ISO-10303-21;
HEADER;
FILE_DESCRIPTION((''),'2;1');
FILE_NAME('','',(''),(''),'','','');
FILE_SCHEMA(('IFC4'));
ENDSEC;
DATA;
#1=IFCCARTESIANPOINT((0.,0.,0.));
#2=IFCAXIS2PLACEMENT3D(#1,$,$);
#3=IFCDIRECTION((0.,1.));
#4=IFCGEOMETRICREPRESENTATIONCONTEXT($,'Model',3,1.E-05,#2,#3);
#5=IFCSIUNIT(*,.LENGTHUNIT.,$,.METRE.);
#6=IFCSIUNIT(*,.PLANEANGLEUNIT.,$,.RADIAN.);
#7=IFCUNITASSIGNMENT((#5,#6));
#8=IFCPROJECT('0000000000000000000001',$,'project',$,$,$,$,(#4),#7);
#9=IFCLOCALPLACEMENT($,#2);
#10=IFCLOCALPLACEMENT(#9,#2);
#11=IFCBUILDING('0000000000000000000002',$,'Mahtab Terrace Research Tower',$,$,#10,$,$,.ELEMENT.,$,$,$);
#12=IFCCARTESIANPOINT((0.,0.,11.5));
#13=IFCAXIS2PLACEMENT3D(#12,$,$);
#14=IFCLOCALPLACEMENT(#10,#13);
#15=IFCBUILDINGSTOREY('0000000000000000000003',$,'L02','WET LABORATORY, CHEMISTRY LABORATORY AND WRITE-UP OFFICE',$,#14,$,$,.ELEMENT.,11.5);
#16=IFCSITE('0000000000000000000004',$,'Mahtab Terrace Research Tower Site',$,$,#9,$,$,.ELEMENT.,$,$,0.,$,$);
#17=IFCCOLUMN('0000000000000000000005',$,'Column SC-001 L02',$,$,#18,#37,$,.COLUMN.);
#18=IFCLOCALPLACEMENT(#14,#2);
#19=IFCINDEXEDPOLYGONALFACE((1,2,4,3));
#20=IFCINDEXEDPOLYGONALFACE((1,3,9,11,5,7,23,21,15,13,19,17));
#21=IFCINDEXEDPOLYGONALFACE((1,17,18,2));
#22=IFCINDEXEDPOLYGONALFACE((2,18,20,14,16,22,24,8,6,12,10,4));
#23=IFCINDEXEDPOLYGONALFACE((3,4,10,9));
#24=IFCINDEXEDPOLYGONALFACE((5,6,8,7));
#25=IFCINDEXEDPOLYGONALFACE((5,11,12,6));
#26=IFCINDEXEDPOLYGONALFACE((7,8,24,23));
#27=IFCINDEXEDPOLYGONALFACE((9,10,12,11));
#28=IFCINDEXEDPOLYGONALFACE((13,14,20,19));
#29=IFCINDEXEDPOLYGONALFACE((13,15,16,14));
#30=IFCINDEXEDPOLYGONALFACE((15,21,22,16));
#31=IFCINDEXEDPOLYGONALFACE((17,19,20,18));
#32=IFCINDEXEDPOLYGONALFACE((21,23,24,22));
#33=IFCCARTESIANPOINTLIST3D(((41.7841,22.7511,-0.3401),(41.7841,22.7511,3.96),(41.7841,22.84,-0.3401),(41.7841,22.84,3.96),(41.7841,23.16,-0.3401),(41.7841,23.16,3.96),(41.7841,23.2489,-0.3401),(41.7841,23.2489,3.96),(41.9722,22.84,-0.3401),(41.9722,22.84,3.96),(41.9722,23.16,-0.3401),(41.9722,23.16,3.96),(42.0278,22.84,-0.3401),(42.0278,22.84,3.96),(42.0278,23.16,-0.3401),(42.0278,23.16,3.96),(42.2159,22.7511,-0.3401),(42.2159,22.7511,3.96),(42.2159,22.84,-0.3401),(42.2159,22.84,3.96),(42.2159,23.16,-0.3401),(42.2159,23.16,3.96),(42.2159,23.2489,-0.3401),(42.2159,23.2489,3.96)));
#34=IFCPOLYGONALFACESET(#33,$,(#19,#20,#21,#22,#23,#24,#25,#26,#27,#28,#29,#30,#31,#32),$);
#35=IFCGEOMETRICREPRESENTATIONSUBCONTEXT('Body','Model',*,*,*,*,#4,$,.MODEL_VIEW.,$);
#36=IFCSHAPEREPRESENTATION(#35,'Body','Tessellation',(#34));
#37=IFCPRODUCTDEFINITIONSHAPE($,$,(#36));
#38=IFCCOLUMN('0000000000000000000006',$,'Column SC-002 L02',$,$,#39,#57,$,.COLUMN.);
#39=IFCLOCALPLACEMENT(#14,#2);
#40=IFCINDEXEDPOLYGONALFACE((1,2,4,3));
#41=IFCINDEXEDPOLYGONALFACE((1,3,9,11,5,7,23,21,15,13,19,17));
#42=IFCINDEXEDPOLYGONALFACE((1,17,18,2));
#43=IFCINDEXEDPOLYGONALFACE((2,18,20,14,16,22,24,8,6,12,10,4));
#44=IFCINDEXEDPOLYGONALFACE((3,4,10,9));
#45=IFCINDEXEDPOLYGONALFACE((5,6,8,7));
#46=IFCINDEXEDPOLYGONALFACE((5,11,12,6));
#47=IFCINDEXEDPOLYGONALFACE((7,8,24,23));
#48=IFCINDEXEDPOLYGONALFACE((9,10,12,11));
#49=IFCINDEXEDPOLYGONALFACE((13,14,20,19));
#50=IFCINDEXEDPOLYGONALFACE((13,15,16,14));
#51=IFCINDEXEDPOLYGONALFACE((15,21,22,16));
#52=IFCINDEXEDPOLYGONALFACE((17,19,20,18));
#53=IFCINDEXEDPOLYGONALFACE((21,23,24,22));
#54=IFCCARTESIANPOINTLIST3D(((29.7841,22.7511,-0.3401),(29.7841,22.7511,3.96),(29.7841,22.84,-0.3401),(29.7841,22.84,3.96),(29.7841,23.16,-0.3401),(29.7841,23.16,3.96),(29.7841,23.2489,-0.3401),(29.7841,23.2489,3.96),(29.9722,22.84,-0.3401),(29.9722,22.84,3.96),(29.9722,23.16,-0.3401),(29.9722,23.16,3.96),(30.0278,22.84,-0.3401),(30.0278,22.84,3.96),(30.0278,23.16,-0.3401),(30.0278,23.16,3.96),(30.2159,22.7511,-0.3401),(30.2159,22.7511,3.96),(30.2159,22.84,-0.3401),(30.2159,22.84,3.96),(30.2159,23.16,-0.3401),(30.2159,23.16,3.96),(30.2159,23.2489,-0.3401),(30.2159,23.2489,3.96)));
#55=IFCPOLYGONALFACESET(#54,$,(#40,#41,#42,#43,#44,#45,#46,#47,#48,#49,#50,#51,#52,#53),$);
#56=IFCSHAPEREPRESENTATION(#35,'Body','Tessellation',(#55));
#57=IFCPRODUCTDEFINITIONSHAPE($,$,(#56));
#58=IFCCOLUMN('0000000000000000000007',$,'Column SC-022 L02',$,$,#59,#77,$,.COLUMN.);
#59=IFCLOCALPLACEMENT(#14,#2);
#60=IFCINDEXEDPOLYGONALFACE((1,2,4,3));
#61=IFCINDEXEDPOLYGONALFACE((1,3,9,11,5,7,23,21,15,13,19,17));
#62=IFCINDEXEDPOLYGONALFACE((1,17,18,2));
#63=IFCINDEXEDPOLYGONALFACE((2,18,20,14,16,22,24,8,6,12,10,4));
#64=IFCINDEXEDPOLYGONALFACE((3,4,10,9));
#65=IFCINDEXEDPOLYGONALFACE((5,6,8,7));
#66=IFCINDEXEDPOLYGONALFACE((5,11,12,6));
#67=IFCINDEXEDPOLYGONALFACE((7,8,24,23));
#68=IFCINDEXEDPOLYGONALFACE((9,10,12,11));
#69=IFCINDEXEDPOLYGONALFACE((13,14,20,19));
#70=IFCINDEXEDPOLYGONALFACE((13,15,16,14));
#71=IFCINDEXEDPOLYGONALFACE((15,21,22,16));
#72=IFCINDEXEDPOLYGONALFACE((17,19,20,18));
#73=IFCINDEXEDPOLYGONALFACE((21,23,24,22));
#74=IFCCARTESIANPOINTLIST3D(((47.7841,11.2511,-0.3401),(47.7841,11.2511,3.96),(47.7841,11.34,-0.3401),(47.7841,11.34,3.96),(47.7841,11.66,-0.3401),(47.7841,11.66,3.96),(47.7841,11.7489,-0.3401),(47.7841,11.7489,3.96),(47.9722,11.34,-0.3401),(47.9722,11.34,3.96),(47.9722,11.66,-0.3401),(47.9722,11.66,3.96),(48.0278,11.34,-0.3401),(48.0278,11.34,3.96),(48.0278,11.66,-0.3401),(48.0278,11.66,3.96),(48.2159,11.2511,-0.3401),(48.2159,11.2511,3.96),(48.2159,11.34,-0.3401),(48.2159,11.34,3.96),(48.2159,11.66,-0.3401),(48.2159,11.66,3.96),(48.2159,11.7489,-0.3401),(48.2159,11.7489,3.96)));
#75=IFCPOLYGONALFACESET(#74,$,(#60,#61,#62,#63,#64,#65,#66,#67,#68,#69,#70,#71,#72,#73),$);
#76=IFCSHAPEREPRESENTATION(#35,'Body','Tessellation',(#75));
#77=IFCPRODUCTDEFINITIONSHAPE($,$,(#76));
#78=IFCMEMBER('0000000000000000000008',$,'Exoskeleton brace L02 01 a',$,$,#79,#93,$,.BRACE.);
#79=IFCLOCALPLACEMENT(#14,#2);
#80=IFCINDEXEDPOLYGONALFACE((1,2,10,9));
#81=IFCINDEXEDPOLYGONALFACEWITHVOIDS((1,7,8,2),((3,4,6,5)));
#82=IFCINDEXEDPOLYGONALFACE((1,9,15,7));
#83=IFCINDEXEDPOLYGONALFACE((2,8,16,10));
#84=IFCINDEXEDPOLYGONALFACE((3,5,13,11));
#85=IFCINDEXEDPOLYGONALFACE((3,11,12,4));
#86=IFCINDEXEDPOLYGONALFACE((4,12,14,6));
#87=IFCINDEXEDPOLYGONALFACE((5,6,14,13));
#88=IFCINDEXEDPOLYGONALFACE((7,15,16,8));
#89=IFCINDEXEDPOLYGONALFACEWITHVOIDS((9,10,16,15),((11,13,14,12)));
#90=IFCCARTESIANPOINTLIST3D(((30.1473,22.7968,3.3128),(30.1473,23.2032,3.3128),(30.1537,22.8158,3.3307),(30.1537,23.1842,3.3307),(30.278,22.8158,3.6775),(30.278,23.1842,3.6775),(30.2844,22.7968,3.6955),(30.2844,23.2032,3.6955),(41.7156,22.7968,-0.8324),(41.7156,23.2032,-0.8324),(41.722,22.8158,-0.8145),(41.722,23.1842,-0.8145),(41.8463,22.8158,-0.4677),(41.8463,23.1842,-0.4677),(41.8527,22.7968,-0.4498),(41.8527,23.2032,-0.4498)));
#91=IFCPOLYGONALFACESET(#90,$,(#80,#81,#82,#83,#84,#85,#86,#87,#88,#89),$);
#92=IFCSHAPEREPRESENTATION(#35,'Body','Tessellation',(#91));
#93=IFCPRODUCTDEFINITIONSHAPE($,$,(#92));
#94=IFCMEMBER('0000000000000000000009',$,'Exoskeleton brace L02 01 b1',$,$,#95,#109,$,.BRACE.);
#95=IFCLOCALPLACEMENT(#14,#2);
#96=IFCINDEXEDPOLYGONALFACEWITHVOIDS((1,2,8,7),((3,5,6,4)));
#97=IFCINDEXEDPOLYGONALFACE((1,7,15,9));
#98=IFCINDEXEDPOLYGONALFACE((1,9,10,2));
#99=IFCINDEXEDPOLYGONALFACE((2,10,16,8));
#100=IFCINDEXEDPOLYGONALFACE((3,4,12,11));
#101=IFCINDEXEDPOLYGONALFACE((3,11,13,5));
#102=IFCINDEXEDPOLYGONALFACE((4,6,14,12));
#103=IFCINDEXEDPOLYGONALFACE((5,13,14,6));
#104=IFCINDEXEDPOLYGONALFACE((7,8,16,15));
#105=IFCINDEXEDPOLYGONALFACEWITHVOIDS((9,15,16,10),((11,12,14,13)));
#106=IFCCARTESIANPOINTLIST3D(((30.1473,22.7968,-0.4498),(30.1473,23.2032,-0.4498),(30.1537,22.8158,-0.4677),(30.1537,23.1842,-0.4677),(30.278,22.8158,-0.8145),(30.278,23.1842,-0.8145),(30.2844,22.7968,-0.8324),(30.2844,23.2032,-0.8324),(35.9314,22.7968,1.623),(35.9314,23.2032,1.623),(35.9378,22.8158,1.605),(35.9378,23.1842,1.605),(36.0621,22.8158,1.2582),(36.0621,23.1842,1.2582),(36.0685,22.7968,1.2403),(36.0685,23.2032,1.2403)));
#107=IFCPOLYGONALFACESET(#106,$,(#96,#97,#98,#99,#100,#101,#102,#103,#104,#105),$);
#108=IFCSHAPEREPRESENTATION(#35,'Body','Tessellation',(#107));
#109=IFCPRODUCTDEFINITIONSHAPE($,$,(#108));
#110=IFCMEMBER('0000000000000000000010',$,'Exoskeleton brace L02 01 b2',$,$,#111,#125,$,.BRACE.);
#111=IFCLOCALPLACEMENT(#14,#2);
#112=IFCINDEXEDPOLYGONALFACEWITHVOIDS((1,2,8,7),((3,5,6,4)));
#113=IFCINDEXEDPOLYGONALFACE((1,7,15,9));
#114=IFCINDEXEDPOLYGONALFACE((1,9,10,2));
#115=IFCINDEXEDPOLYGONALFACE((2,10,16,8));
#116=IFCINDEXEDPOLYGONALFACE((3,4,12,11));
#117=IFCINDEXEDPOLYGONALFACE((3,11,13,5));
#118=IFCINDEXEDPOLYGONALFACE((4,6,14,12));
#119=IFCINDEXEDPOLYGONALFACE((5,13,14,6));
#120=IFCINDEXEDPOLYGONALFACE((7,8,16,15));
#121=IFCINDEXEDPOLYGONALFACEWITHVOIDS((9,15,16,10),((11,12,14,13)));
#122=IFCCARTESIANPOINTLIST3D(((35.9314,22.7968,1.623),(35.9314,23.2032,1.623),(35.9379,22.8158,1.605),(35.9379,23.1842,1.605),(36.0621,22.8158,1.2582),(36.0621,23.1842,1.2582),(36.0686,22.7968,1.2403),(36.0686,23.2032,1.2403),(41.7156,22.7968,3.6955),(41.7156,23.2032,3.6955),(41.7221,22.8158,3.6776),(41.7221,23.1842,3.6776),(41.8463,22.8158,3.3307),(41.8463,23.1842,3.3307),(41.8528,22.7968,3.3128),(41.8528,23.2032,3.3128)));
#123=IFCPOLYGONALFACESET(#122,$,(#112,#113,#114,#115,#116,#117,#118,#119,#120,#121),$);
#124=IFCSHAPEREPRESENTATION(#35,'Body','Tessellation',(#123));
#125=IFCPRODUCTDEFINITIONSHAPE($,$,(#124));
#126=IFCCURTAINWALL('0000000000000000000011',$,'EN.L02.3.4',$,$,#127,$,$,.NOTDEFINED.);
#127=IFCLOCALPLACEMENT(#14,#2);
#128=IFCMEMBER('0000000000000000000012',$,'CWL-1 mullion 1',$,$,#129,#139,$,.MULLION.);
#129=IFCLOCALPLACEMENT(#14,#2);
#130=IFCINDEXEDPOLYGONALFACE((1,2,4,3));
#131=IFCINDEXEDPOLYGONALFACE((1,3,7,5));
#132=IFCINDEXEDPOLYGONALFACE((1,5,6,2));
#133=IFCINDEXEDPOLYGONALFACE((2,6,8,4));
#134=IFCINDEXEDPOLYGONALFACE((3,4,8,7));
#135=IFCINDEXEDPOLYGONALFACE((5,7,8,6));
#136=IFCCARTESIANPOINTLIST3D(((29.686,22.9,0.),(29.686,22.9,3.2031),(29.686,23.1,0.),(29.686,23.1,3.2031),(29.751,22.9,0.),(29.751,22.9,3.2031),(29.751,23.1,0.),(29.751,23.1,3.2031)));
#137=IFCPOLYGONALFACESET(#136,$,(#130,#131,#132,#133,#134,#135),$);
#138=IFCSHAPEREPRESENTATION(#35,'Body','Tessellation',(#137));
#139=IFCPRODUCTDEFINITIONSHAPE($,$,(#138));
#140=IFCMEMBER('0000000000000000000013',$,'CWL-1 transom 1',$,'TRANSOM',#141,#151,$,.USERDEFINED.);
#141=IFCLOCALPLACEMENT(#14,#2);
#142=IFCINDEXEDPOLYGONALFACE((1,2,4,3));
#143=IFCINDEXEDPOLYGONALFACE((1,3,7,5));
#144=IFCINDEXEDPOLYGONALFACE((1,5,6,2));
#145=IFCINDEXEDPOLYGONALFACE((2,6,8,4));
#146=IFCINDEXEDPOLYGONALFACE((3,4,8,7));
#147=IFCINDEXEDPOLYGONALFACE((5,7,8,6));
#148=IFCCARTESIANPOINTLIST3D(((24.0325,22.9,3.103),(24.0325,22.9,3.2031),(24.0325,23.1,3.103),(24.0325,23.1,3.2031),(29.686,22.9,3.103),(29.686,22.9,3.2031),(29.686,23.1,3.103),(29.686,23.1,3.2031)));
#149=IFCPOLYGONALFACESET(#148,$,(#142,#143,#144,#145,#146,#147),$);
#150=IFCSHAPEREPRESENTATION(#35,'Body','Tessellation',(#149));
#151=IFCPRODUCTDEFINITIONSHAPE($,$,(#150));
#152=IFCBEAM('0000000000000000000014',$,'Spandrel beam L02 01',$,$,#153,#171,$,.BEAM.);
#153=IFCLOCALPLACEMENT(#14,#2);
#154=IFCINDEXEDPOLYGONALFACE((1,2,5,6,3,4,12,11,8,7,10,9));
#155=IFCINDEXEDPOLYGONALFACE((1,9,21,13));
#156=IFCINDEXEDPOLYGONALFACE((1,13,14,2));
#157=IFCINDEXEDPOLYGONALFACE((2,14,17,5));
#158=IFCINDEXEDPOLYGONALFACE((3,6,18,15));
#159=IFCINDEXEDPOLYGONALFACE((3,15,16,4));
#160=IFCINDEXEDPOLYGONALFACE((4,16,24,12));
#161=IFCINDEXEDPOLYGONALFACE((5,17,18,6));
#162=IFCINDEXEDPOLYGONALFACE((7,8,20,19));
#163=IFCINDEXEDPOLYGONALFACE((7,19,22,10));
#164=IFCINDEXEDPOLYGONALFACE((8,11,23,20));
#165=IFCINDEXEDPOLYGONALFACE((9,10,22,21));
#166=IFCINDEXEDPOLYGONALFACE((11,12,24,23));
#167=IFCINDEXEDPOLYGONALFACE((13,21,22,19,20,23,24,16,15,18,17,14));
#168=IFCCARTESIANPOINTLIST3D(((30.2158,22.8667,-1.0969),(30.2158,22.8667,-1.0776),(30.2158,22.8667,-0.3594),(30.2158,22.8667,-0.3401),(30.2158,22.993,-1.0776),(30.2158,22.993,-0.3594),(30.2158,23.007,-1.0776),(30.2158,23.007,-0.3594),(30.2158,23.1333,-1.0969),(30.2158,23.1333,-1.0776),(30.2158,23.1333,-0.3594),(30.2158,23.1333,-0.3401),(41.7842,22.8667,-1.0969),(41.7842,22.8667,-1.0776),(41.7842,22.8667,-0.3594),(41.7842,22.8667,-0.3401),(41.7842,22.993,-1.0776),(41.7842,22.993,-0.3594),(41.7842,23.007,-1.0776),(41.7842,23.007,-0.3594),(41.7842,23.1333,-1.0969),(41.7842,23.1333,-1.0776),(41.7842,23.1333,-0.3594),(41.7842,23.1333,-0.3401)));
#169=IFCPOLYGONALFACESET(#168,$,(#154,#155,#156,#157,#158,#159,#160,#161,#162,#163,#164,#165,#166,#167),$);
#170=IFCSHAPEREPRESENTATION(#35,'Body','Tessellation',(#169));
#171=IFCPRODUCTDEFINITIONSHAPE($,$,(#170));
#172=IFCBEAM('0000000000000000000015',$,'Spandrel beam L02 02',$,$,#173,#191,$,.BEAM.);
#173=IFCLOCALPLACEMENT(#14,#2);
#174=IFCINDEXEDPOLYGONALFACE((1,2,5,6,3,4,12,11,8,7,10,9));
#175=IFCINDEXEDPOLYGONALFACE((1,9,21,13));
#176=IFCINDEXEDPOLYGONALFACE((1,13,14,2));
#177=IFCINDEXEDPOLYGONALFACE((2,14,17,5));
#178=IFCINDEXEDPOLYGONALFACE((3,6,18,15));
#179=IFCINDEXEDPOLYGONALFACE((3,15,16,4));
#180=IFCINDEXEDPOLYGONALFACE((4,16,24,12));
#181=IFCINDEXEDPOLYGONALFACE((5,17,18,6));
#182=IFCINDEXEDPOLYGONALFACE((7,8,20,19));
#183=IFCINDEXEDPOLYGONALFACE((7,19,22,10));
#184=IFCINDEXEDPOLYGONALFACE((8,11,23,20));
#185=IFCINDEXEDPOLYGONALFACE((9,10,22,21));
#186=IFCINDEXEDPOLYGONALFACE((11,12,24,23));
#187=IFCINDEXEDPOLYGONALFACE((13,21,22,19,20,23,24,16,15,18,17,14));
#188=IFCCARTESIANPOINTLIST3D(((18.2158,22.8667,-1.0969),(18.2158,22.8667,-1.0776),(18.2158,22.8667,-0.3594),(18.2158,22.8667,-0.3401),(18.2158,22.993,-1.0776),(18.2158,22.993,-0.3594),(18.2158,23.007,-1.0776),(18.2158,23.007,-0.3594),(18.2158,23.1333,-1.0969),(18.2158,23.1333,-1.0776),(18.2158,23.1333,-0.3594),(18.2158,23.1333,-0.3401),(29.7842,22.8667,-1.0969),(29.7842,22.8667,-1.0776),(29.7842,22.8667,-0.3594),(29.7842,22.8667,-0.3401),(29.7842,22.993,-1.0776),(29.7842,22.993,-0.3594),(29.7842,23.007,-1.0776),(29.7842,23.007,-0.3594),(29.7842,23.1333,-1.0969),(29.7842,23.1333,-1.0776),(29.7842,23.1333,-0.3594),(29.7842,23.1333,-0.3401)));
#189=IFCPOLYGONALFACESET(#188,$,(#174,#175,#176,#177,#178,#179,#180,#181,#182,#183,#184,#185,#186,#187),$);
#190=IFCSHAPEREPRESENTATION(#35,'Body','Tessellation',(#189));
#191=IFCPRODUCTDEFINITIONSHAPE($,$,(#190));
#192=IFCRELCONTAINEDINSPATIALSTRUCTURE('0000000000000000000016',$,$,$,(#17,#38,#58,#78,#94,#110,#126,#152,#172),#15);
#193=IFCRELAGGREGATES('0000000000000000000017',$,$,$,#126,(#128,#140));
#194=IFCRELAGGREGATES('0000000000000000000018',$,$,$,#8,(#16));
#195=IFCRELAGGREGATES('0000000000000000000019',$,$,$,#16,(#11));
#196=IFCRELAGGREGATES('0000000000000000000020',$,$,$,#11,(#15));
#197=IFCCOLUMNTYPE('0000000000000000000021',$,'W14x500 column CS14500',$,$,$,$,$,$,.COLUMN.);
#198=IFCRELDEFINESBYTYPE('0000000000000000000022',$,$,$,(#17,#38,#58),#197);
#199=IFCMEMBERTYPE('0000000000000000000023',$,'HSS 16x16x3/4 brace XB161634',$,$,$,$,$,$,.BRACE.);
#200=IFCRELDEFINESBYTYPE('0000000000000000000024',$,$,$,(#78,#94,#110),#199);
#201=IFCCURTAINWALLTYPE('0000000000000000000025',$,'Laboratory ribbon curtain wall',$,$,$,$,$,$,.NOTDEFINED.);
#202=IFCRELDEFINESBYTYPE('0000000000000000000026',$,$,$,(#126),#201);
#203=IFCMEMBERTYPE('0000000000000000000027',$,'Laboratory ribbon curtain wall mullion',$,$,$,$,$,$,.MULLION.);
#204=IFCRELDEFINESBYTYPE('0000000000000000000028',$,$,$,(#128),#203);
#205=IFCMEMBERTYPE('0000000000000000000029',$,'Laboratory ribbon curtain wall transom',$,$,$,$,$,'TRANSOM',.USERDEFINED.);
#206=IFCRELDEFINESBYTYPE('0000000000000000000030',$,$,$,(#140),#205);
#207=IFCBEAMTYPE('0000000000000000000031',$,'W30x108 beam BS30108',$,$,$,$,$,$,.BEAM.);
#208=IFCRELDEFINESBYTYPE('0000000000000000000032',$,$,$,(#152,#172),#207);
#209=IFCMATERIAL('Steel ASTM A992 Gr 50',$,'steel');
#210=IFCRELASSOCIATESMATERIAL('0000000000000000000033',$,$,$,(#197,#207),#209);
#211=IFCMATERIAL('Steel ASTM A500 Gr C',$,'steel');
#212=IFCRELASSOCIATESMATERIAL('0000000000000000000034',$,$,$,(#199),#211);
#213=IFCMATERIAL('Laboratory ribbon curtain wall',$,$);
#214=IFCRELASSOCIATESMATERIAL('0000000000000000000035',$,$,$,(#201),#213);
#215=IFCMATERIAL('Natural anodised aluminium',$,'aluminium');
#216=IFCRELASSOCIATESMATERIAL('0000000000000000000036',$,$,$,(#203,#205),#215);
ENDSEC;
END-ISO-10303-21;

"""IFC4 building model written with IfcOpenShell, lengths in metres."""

from ifc_helpers import new_model, si_unit, direction, frame, origin, origin_2d, place, context, subcontext, project, spatial, rectangle, hollow_rectangle, i_section, extrude, material, material_profile, profile_set, type_object, element, aggregate, save


model = new_model("IFC4")

# Units and contexts
model_context = context("Model", 3, precision=1e-05, world=origin(), true_north=direction((0.0, 1.0)))
body_context = subcontext(model_context, "Body", "Model", "MODEL_VIEW")
ifc_project = project(units=[si_unit("LENGTHUNIT", "METRE"), si_unit("PLANEANGLEUNIT", "RADIAN")], contexts=[model_context])

# Site, building, storey
site_placement = place(None, origin())
site = spatial("IfcSite", under=ifc_project, at=site_placement, Name="Mahtab Terrace Research Tower Site", CompositionType="ELEMENT", RefElevation=0.0)
building_placement = place(site_placement, origin())
building = spatial("IfcBuilding", under=site, at=building_placement, Name="Mahtab Terrace Research Tower", CompositionType="ELEMENT")
storey_placement = place(building_placement, frame((0.0, 0.0, 11.5)))
storey = spatial("IfcBuildingStorey", under=building, at=storey_placement, Name="L02", Description="WET LABORATORY, CHEMISTRY LABORATORY AND WRITE-UP OFFICE", CompositionType="ELEMENT", Elevation=11.5)

# Columns
ifc_material_1 = material(Name="Steel ASTM A992 Gr 50", Category="steel")
ifc_material_profile_1 = material_profile(ifc_material_1, i_section(OverallWidth=0.4319, OverallDepth=0.4978, WebThickness=0.0557, FlangeThickness=0.0889, at=origin_2d()), Name="W14X500")
ifc_profile_set_1 = profile_set([ifc_material_profile_1], Name="Steel ASTM A992 Gr 50")
column_type = type_object("IfcColumnType", Name="W14x500 column CS14500", PredefinedType="COLUMN", material=ifc_profile_set_1)
for number, where, z_axis, x_axis, name in (
    (1, (42.0, 23.0, -0.3401), (0.0, 0.0, 1.0), (1.0, 0.0, 0.0), "Column SC-001 L02"),
    (2, (30.0, 23.0, -0.3401), (0.0, 0.0, 1.0), (1.0, 0.0, 0.0), "Column SC-002 L02"),
    (3, (48.0, 11.5, -0.3401), (0.0, 0.0, 1.0), (1.0, 0.0, 0.0), "Column SC-022 L02"),
):
    element("IfcColumn", number, at=place(storey_placement, frame(where, z_axis=z_axis, x_axis=x_axis)), inside=storey, type_object=column_type, Name=name, PredefinedType="COLUMN", context=body_context, shape_type="SweptSolid", body=[
        extrude(i_section(OverallWidth=0.4319, OverallDepth=0.4978, WebThickness=0.0557, FlangeThickness=0.0889, at=origin_2d()), origin(), (0.0, 0.0, 1.0), 4.3),
    ])

# Members
ifc_material_2 = material(Name="Steel ASTM A500 Gr C", Category="steel")
ifc_material_profile_2 = material_profile(ifc_material_2, hollow_rectangle(XDim=0.4065, YDim=0.4065, WallThickness=0.019, at=origin_2d()), Name="HSS16X16X3/4")
ifc_profile_set_2 = profile_set([ifc_material_profile_2], Name="Steel ASTM A500 Gr C")
member_type_1 = type_object("IfcMemberType", Name="HSS 16x16x3/4 brace XB161634", PredefinedType="BRACE", material=ifc_profile_set_2)
member_1_placement = place(storey_placement, frame((41.7842, 23.0, -0.6411), z_axis=(-0.941388, 0.0, 0.337325), x_axis=(0.0, -1.0, 0.0)))
element("IfcMember", 4, at=member_1_placement, inside=storey, type_object=member_type_1, Name="Exoskeleton brace L02 01 a", PredefinedType="BRACE", context=body_context, shape_type="SweptSolid", body=[
    extrude(hollow_rectangle(XDim=0.4065, YDim=0.4065, WallThickness=0.019, at=origin_2d()), origin(), (0.0, 0.0, 1.0), 12.2886),
])
for number, where, z_axis, x_axis, name in (
    (5, (30.2158, 23.0, -0.6411), (0.941382, 0.0, 0.337343), (0.0, 1.0, 0.0), "Exoskeleton brace L02 01 b1"),
    (6, (36.0, 23.0, 1.4316), (0.941394, 0.0, 0.337308), (0.0, 1.0, 0.0), "Exoskeleton brace L02 01 b2"),
):
    element("IfcMember", number, at=place(storey_placement, frame(where, z_axis=z_axis, x_axis=x_axis)), inside=storey, type_object=member_type_1, Name=name, PredefinedType="BRACE", context=body_context, shape_type="SweptSolid", body=[
        extrude(hollow_rectangle(XDim=0.4065, YDim=0.4065, WallThickness=0.019, at=origin_2d()), origin(), (0.0, 0.0, 1.0), 6.1443),
    ])

# Curtain wall, members
ifc_material_3 = material(Name="Laboratory ribbon curtain wall")
curtain_wall_type = type_object("IfcCurtainWallType", Name="Laboratory ribbon curtain wall", PredefinedType="NOTDEFINED", material=ifc_material_3)
curtain_wall_placement = place(storey_placement, origin())
curtain_wall = element("IfcCurtainWall", 7, at=curtain_wall_placement, inside=storey, type_object=curtain_wall_type, Name="EN.L02.3.4", PredefinedType="NOTDEFINED")
ifc_material_4 = material(Name="Natural anodised aluminium", Category="aluminium")
ifc_material_profile_3 = material_profile(ifc_material_4, rectangle(XDim=0.2, YDim=0.0649, at=origin_2d()), Name="MULLION 65x200")
ifc_profile_set_3 = profile_set([ifc_material_profile_3], Name="Natural anodised aluminium")
member_type_2 = type_object("IfcMemberType", Name="Laboratory ribbon curtain wall mullion", PredefinedType="MULLION", material=ifc_profile_set_3)
member_2_placement = place(storey_placement, frame((29.7185, 23.0, 0.0), z_axis=(0.0, 0.0, 1.0), x_axis=(0.0, -1.0, 0.0)))
member_2 = element("IfcMember", 8, at=member_2_placement, type_object=member_type_2, Name="CWL-1 mullion 1", PredefinedType="MULLION", context=body_context, shape_type="SweptSolid", body=[
    extrude(rectangle(XDim=0.2, YDim=0.0649, at=origin_2d()), origin(), (0.0, 0.0, 1.0), 3.2031),
])
ifc_material_profile_4 = material_profile(ifc_material_4, rectangle(XDim=0.2, YDim=0.1001, at=origin_2d()), Name="TRANSOM 100x200")
ifc_profile_set_4 = profile_set([ifc_material_profile_4], Name="Natural anodised aluminium")
member_type_3 = type_object("IfcMemberType", Name="Laboratory ribbon curtain wall transom", ElementType="TRANSOM", PredefinedType="USERDEFINED", material=ifc_profile_set_4)
member_3_placement = place(storey_placement, frame((29.686, 23.0, 3.1531), z_axis=(-1.0, 0.0, 0.0), x_axis=(0.0, -1.0, 0.0)))
member_3 = element("IfcMember", 9, at=member_3_placement, type_object=member_type_3, Name="CWL-1 transom 1", ObjectType="TRANSOM", PredefinedType="USERDEFINED", context=body_context, shape_type="SweptSolid", body=[
    extrude(rectangle(XDim=0.2, YDim=0.1001, at=origin_2d()), origin(), (0.0, 0.0, 1.0), 5.6536),
])

# Beams
ifc_material_profile_5 = material_profile(ifc_material_1, i_section(OverallWidth=0.2666, OverallDepth=0.7568, WebThickness=0.0139, FlangeThickness=0.0193, at=origin_2d()), Name="W30X108")
ifc_profile_set_5 = profile_set([ifc_material_profile_5], Name="Steel ASTM A992 Gr 50")
beam_type = type_object("IfcBeamType", Name="W30x108 beam BS30108", PredefinedType="BEAM", material=ifc_profile_set_5)
for number, where, z_axis, x_axis, name in (
    (10, (41.7842, 23.0, -0.7185), (-1.0, 0.0, 0.0), (0.0, -1.0, 0.0), "Spandrel beam L02 01"),
    (11, (29.7842, 23.0, -0.7185), (-1.0, 0.0, 0.0), (0.0, -1.0, 0.0), "Spandrel beam L02 02"),
):
    element("IfcBeam", number, at=place(storey_placement, frame(where, z_axis=z_axis, x_axis=x_axis)), inside=storey, type_object=beam_type, Name=name, PredefinedType="BEAM", context=body_context, shape_type="SweptSolid", body=[
        extrude(i_section(OverallWidth=0.2666, OverallDepth=0.7568, WebThickness=0.0139, FlangeThickness=0.0193, at=origin_2d()), origin(), (0.0, 0.0, 1.0), 11.5684),
    ])

aggregate(curtain_wall, [member_2, member_3])

save(model, "model.ifc")
